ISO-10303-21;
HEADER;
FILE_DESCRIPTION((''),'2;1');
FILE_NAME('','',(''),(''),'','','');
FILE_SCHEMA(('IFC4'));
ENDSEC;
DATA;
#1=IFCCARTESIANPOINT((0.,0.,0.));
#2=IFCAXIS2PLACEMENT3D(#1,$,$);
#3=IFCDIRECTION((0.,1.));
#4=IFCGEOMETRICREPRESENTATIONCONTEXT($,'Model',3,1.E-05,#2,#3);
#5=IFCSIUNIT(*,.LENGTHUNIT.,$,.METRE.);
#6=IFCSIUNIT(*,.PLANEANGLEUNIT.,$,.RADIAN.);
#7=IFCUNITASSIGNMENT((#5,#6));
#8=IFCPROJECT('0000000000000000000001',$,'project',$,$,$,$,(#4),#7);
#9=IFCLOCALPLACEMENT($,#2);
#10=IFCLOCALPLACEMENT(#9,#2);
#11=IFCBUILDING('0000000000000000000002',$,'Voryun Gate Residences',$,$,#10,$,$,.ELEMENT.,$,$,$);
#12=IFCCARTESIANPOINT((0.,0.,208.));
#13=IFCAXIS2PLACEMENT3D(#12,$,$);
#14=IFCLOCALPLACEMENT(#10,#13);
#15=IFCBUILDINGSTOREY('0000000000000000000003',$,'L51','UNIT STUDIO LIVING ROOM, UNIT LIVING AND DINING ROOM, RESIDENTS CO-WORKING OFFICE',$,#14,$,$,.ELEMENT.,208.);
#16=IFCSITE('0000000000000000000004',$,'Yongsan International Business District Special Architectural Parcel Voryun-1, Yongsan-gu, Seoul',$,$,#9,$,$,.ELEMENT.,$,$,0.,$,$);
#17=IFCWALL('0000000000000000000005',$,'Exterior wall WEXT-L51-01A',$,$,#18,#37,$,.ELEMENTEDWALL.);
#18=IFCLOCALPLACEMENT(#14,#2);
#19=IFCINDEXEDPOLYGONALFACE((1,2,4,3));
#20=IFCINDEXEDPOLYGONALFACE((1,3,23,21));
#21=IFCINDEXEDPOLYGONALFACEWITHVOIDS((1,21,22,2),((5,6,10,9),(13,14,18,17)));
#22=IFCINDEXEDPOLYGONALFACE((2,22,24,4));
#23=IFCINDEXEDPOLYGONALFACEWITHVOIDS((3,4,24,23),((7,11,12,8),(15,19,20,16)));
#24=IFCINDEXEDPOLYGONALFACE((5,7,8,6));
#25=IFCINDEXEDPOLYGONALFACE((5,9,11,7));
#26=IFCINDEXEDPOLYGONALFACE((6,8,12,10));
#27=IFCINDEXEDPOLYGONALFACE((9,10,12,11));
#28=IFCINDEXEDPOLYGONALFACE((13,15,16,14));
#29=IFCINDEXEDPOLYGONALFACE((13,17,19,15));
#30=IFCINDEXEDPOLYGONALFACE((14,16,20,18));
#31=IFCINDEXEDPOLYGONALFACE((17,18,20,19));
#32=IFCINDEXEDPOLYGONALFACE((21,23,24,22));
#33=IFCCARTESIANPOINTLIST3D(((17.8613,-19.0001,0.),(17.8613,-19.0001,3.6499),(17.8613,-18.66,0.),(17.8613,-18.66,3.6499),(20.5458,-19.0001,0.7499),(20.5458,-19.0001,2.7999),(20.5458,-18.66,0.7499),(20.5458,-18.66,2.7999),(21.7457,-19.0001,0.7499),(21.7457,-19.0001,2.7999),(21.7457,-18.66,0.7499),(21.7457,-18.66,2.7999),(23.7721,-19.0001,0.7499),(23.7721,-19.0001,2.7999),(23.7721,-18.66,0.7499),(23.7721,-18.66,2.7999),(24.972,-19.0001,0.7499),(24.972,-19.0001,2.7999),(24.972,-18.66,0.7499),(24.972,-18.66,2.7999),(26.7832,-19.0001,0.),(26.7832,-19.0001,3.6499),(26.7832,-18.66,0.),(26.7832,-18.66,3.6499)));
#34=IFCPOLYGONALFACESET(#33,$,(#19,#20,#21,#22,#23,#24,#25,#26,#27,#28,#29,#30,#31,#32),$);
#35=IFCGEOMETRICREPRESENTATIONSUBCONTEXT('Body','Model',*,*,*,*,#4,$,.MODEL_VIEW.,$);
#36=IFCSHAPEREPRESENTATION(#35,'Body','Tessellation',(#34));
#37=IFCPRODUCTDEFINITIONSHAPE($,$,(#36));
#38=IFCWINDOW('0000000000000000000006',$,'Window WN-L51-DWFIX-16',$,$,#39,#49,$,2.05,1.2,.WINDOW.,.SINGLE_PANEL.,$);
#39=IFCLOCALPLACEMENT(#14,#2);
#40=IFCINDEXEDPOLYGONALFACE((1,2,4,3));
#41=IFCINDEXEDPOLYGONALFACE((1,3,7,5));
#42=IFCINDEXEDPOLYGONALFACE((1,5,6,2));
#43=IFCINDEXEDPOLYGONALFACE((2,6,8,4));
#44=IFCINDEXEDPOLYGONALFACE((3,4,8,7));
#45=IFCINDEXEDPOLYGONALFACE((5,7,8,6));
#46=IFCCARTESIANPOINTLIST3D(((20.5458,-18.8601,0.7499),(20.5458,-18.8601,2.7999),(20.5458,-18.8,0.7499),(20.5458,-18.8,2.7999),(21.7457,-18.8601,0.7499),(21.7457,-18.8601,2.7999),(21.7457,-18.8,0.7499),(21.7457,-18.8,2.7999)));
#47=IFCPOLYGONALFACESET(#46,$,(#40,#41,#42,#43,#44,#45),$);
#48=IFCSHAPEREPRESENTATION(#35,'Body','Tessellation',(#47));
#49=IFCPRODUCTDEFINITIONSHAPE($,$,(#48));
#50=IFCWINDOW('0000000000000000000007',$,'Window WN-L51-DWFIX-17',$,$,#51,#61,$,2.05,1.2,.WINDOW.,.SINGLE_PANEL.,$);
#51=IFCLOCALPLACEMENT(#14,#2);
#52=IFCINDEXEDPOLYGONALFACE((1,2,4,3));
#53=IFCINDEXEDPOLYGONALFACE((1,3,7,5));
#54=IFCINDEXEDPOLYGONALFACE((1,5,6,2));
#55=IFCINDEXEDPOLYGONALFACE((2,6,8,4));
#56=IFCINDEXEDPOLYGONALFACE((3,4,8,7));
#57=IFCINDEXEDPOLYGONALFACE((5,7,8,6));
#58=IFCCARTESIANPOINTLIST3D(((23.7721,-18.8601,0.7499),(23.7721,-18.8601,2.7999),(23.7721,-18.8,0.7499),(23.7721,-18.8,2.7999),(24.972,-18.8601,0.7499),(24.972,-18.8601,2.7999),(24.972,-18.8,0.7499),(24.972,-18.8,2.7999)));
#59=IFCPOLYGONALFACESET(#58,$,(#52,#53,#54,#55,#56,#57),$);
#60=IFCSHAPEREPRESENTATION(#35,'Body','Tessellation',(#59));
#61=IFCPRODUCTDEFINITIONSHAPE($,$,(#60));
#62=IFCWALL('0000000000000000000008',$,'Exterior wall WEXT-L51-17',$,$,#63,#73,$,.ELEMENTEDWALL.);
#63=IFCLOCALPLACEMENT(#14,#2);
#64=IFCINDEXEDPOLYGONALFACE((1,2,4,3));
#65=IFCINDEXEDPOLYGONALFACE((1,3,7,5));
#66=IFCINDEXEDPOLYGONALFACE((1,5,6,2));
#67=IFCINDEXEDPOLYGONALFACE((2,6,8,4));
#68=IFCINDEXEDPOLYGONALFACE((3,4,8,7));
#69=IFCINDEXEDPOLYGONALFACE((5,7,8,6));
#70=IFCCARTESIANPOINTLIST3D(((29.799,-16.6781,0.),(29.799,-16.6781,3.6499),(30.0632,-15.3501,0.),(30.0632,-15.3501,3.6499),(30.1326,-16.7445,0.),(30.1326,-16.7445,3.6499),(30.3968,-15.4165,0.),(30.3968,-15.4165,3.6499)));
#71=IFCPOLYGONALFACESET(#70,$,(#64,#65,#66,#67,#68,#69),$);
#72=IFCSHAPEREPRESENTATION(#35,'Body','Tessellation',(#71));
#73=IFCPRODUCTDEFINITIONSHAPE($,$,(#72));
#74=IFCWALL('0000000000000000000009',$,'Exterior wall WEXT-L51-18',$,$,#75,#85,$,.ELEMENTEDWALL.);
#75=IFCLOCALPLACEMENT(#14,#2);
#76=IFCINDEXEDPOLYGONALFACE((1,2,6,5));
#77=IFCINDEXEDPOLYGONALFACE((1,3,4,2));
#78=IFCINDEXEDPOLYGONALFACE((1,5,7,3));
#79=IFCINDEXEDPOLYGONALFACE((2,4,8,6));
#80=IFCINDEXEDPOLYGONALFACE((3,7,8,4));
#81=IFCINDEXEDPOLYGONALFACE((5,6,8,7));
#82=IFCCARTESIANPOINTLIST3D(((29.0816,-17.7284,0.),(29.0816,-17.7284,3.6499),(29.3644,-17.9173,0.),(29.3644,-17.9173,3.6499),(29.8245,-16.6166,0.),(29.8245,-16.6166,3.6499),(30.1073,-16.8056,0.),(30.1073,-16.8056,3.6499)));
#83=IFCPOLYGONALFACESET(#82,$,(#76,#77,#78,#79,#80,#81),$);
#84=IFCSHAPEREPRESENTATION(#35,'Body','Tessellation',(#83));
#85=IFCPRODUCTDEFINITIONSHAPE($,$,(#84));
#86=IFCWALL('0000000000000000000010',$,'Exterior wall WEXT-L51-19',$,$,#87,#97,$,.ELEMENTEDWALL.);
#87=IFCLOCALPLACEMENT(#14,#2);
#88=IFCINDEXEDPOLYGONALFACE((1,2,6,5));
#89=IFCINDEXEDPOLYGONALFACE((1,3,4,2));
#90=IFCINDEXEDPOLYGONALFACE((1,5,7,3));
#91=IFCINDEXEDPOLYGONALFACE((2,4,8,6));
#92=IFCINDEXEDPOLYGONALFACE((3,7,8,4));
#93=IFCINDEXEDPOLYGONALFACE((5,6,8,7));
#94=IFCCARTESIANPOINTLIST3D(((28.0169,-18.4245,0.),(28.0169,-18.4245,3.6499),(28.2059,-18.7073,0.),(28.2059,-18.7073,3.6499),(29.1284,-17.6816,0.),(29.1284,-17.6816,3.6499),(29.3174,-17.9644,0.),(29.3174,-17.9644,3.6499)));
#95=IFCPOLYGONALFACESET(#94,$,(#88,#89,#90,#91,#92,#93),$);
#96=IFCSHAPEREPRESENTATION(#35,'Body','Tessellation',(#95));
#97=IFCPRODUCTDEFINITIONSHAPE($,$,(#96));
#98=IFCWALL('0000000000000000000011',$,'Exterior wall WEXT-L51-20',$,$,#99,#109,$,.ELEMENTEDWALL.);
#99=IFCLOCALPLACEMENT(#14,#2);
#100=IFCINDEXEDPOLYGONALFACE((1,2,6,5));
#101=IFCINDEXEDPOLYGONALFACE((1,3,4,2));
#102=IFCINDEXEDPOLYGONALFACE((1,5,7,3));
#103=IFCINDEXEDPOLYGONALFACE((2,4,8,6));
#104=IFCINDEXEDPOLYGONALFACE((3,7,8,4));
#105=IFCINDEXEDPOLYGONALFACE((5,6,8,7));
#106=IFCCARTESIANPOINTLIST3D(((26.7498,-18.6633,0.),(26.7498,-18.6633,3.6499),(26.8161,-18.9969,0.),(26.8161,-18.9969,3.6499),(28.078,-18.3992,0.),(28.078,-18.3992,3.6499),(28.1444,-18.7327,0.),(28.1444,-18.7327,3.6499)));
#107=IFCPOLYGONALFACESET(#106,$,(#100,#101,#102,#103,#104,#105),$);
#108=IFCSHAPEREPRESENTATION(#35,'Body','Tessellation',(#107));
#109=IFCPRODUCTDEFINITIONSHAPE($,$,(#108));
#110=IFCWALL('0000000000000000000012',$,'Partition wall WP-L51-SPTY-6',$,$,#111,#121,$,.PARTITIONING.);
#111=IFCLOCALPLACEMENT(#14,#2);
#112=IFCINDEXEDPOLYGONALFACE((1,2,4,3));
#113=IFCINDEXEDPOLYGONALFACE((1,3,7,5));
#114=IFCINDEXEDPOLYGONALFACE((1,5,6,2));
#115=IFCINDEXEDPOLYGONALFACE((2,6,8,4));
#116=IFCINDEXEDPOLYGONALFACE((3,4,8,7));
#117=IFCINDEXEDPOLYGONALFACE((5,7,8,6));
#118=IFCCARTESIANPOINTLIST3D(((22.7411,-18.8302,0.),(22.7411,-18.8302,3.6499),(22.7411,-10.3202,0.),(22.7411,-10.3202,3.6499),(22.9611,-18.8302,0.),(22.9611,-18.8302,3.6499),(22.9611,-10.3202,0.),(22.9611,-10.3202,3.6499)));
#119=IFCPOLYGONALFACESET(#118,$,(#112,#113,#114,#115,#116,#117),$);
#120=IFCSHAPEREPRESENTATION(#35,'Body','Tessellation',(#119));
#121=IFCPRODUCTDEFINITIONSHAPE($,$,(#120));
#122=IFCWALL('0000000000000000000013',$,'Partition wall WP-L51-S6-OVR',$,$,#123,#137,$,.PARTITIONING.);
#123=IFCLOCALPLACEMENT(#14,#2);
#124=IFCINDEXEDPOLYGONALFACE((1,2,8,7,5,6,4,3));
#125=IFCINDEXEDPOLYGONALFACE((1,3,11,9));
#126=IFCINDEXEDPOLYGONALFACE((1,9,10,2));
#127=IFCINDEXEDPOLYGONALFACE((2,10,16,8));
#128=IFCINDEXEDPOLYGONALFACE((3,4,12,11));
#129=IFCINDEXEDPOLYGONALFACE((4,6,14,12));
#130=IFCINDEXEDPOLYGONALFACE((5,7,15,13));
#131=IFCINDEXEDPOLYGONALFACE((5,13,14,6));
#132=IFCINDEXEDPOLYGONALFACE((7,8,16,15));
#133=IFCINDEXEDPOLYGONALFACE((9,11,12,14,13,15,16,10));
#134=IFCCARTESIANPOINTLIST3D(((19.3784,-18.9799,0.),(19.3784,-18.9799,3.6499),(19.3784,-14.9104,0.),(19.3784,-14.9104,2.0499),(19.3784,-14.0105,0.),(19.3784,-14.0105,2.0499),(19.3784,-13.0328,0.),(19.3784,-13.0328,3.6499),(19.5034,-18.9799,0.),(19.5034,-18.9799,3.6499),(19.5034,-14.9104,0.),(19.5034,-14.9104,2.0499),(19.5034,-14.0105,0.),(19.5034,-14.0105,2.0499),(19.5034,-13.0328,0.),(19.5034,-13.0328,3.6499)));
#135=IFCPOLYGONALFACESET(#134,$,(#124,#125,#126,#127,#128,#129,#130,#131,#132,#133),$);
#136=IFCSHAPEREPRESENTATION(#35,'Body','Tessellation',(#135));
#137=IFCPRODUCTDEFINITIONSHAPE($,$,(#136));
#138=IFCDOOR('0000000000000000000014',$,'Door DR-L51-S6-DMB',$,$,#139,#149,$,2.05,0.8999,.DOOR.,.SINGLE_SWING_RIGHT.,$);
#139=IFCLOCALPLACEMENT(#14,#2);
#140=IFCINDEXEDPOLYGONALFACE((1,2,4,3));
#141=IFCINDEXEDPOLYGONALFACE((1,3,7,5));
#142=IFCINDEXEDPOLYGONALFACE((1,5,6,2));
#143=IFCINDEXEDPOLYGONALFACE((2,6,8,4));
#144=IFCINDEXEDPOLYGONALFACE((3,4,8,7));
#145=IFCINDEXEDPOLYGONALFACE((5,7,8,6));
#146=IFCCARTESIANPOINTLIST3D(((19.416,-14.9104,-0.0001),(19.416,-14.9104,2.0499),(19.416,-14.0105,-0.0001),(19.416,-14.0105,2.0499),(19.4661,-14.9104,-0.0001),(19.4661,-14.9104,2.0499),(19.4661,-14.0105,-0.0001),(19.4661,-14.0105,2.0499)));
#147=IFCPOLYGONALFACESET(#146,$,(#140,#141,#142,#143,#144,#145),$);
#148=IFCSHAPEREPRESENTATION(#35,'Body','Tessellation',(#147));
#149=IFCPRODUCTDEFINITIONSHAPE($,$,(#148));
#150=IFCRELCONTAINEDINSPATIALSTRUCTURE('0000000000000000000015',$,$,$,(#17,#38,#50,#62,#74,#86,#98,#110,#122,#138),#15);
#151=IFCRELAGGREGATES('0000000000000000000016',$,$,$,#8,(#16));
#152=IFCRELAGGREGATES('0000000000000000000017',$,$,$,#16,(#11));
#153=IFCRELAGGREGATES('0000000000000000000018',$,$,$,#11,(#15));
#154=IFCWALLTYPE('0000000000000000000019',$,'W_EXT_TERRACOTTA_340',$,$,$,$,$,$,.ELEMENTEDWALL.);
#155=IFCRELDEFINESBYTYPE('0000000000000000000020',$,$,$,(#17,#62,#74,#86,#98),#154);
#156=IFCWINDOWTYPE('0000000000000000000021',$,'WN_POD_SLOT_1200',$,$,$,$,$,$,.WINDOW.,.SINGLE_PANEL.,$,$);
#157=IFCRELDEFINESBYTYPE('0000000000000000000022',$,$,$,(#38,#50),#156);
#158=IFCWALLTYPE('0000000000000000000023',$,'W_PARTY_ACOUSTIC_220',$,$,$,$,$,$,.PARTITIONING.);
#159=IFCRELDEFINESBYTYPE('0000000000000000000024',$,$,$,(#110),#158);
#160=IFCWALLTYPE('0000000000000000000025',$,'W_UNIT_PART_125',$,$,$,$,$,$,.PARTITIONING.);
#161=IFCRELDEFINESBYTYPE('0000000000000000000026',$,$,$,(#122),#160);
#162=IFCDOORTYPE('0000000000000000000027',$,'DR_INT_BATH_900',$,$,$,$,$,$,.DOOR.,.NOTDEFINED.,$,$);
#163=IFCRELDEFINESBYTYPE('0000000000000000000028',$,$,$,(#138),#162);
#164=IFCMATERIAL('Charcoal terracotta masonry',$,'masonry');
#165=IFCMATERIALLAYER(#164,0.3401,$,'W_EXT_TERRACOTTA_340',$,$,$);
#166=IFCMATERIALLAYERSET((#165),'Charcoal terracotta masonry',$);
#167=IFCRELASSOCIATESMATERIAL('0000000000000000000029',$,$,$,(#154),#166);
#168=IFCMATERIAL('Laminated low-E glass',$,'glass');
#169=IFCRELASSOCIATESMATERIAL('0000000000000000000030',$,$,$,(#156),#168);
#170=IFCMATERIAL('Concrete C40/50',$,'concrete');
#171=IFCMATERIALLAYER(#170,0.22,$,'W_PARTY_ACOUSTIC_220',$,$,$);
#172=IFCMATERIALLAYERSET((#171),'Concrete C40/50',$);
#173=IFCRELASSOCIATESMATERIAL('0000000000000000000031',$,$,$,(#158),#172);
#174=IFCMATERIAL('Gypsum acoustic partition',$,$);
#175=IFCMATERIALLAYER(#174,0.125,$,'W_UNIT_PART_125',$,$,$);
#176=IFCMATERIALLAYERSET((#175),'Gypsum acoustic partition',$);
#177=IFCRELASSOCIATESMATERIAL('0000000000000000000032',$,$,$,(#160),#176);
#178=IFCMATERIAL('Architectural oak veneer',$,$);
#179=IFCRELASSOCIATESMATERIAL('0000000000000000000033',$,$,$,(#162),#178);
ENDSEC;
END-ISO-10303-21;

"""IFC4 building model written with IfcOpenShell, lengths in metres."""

from ifc_helpers import new_model, si_unit, direction, frame, frame_2d, origin, place, context, subcontext, project, spatial, rectangle, extrude, material, layer, layer_set, type_object, element, fill, save


model = new_model("IFC4")

# Units and contexts
model_context = context("Model", 3, precision=1e-05, world=origin(), true_north=direction((0.0, 1.0)))
body_context = subcontext(model_context, "Body", "Model", "MODEL_VIEW")
ifc_project = project(units=[si_unit("LENGTHUNIT", "METRE"), si_unit("PLANEANGLEUNIT", "RADIAN")], contexts=[model_context])

# Site, building, storey
site_placement = place(None, origin())
site = spatial("IfcSite", under=ifc_project, at=site_placement, Name="Yongsan International Business District Special Architectural Parcel Voryun-1, Yongsan-gu, Seoul", CompositionType="ELEMENT", RefElevation=0.0)
building_placement = place(site_placement, origin())
building = spatial("IfcBuilding", under=site, at=building_placement, Name="Voryun Gate Residences", CompositionType="ELEMENT")
storey_placement = place(building_placement, frame((0.0, 0.0, 208.0)))
storey = spatial("IfcBuildingStorey", under=building, at=storey_placement, Name="L51", Description="UNIT STUDIO LIVING ROOM, UNIT LIVING AND DINING ROOM, RESIDENTS CO-WORKING OFFICE", CompositionType="ELEMENT", Elevation=208.0)

# Wall, openings, windows
ifc_material_1 = material(Name="Charcoal terracotta masonry", Category="masonry")
ifc_layer_1 = layer(ifc_material_1, 0.3401, Name="W_EXT_TERRACOTTA_340")
ifc_layer_set_1 = layer_set([ifc_layer_1], Name="Charcoal terracotta masonry")
wall_type_1 = type_object("IfcWallType", Name="W_EXT_TERRACOTTA_340", PredefinedType="ELEMENTEDWALL", material=ifc_layer_set_1)
wall_1_placement = place(storey_placement, frame((26.7832, -18.8301, 0.0), z_axis=(0.0, 0.0, 1.0), x_axis=(-1.0, 0.0, 0.0)))
wall_1 = element("IfcWall", 1, at=wall_1_placement, inside=storey, type_object=wall_type_1, Name="Exterior wall WEXT-L51-01A", PredefinedType="ELEMENTEDWALL", context=body_context, shape_type="SweptSolid", body=[
    extrude(rectangle(XDim=8.9219, YDim=0.3401, at=frame_2d((4.4609, 0.0))), origin(), (0.0, 0.0, 1.0), 3.6499),
])
opening_1_placement = place(wall_1_placement, frame((5.0374, 0.0, 0.75)))
opening_1 = element("IfcOpeningElement", 2, at=opening_1_placement, cuts=wall_1, PredefinedType="OPENING", context=body_context, shape_type="SweptSolid", body=[
    extrude(rectangle(XDim=1.2, YDim=2.05, at=frame_2d((0.6001, 1.0249))), frame((0.0, 0.1799, 0.0), z_axis=(0.0, -1.0, 0.0), x_axis=(1.0, 0.0, 0.0)), (0.0, 0.0, 1.0), 0.3601),
])
opening_2_placement = place(wall_1_placement, frame((1.811, 0.0, 0.75)))
opening_2 = element("IfcOpeningElement", 3, at=opening_2_placement, cuts=wall_1, PredefinedType="OPENING", context=body_context, shape_type="SweptSolid", body=[
    extrude(rectangle(XDim=1.2, YDim=2.05, at=frame_2d((0.6001, 1.0249))), frame((0.0, 0.1799, 0.0), z_axis=(0.0, -1.0, 0.0), x_axis=(1.0, 0.0, 0.0)), (0.0, 0.0, 1.0), 0.3601),
])
ifc_material_2 = material(Name="Laminated low-E glass", Category="glass")
window_type = type_object("IfcWindowType", Name="WN_POD_SLOT_1200", PartitioningType="SINGLE_PANEL", PredefinedType="WINDOW", material=ifc_material_2)
window_1_placement = place(opening_1_placement, origin())
window_1 = element("IfcWindow", 4, at=window_1_placement, inside=storey, type_object=window_type, Name="Window WN-L51-DWFIX-16", OverallHeight=2.05, OverallWidth=1.2, PartitioningType="SINGLE_PANEL", PredefinedType="WINDOW", context=body_context, shape_type="SweptSolid", body=[
    extrude(rectangle(XDim=1.2, YDim=2.05, at=frame_2d((0.6001, 1.0249))), frame((0.0, 0.03, 0.0), z_axis=(0.0, -1.0, 0.0), x_axis=(1.0, 0.0, 0.0)), (0.0, 0.0, 1.0), 0.0601),
])
fill(opening_1, window_1)
window_2_placement = place(opening_2_placement, origin())
window_2 = element("IfcWindow", 5, at=window_2_placement, inside=storey, type_object=window_type, Name="Window WN-L51-DWFIX-17", OverallHeight=2.05, OverallWidth=1.2, PartitioningType="SINGLE_PANEL", PredefinedType="WINDOW", context=body_context, shape_type="SweptSolid", body=[
    extrude(rectangle(XDim=1.2, YDim=2.05, at=frame_2d((0.6001, 1.0249))), frame((0.0, 0.03, 0.0), z_axis=(0.0, -1.0, 0.0), x_axis=(1.0, 0.0, 0.0)), (0.0, 0.0, 1.0), 0.0601),
])
fill(opening_2, window_2)

# Walls
wall_2_placement = place(storey_placement, frame((30.23, -15.3833, 0.0), z_axis=(0.0, 0.0, 1.0), x_axis=(-0.19511, -0.980781, 0.0)))
element("IfcWall", 6, at=wall_2_placement, inside=storey, type_object=wall_type_1, Name="Exterior wall WEXT-L51-17", PredefinedType="ELEMENTEDWALL", context=body_context, shape_type="SweptSolid", body=[
    extrude(rectangle(XDim=1.354, YDim=0.3401, at=frame_2d((0.677, 0.0))), origin(), (0.0, 0.0, 1.0), 3.6499),
])
wall_3_placement = place(storey_placement, frame((29.9658, -16.7112, 0.0), z_axis=(0.0, 0.0, 1.0), x_axis=(-0.555585, -0.83146, 0.0)))
element("IfcWall", 7, at=wall_3_placement, inside=storey, type_object=wall_type_1, Name="Exterior wall WEXT-L51-18", PredefinedType="ELEMENTEDWALL", context=body_context, shape_type="SweptSolid", body=[
    extrude(rectangle(XDim=1.3372, YDim=0.3401, at=frame_2d((0.6685, 0.0))), origin(), (0.0, 0.0, 1.0), 3.6499),
])
wall_4_placement = place(storey_placement, frame((29.2229, -17.823, 0.0), z_axis=(0.0, 0.0, 1.0), x_axis=(-0.831404, -0.555669, 0.0)))
element("IfcWall", 8, at=wall_4_placement, inside=storey, type_object=wall_type_1, Name="Exterior wall WEXT-L51-19", PredefinedType="ELEMENTEDWALL", context=body_context, shape_type="SweptSolid", body=[
    extrude(rectangle(XDim=1.3369, YDim=0.3401, at=frame_2d((0.6685, 0.0))), origin(), (0.0, 0.0, 1.0), 3.6499),
])
wall_5_placement = place(storey_placement, frame((28.1113, -18.5659, 0.0), z_axis=(0.0, 0.0, 1.0), x_axis=(-0.980788, -0.195076, 0.0)))
element("IfcWall", 9, at=wall_5_placement, inside=storey, type_object=wall_type_1, Name="Exterior wall WEXT-L51-20", PredefinedType="ELEMENTEDWALL", context=body_context, shape_type="SweptSolid", body=[
    extrude(rectangle(XDim=1.3542, YDim=0.3401, at=frame_2d((0.6772, 0.0))), origin(), (0.0, 0.0, 1.0), 3.6499),
])
ifc_material_3 = material(Name="Concrete C40/50", Category="concrete")
ifc_layer_2 = layer(ifc_material_3, 0.22, Name="W_PARTY_ACOUSTIC_220")
ifc_layer_set_2 = layer_set([ifc_layer_2], Name="Concrete C40/50")
wall_type_2 = type_object("IfcWallType", Name="W_PARTY_ACOUSTIC_220", PredefinedType="PARTITIONING", material=ifc_layer_set_2)
wall_6_placement = place(storey_placement, frame((22.8511, -18.8301, 0.0), z_axis=(0.0, 0.0, 1.0), x_axis=(0.0, 1.0, 0.0)))
element("IfcWall", 10, at=wall_6_placement, inside=storey, type_object=wall_type_2, Name="Partition wall WP-L51-SPTY-6", PredefinedType="PARTITIONING", context=body_context, shape_type="SweptSolid", body=[
    extrude(rectangle(XDim=8.51, YDim=0.22, at=frame_2d((4.2549, 0.0))), origin(), (0.0, 0.0, 1.0), 3.6499),
])

# Wall, opening, door
ifc_material_4 = material(Name="Gypsum acoustic partition")
ifc_layer_3 = layer(ifc_material_4, 0.125, Name="W_UNIT_PART_125")
ifc_layer_set_3 = layer_set([ifc_layer_3], Name="Gypsum acoustic partition")
wall_type_3 = type_object("IfcWallType", Name="W_UNIT_PART_125", PredefinedType="PARTITIONING", material=ifc_layer_set_3)
wall_7_placement = place(storey_placement, frame((19.4409, -18.98, 0.0), z_axis=(0.0, 0.0, 1.0), x_axis=(0.0, 1.0, 0.0)))
wall_7 = element("IfcWall", 11, at=wall_7_placement, inside=storey, type_object=wall_type_3, Name="Partition wall WP-L51-S6-OVR", PredefinedType="PARTITIONING", context=body_context, shape_type="SweptSolid", body=[
    extrude(rectangle(XDim=5.947, YDim=0.125, at=frame_2d((2.9736, 0.0))), origin(), (0.0, 0.0, 1.0), 3.6499),
])
opening_3_placement = place(wall_7_placement, frame((4.0696, 0.0, 0.0)))
opening_3 = element("IfcOpeningElement", 12, at=opening_3_placement, cuts=wall_7, PredefinedType="OPENING", context=body_context, shape_type="SweptSolid", body=[
    extrude(rectangle(XDim=0.8999, YDim=2.05, at=frame_2d((0.45, 1.0249))), frame((0.0, 0.0725, 0.0), z_axis=(0.0, -1.0, 0.0), x_axis=(1.0, 0.0, 0.0)), (0.0, 0.0, 1.0), 0.145),
])
ifc_material_5 = material(Name="Architectural oak veneer")
door_type_1 = type_object("IfcDoorType", Name="DR_INT_BATH_900", OperationType="NOTDEFINED", PredefinedType="DOOR", material=ifc_material_5)
door_1_placement = place(opening_3_placement, origin())
door_1 = element("IfcDoor", 13, at=door_1_placement, inside=storey, type_object=door_type_1, Name="Door DR-L51-S6-DMB", OperationType="SINGLE_SWING_RIGHT", OverallHeight=2.05, OverallWidth=0.8999, PredefinedType="DOOR", context=body_context, shape_type="SweptSolid", body=[
    extrude(rectangle(XDim=0.8999, YDim=2.05, at=frame_2d((0.45, 1.0249))), frame((0.0, 0.0249, 0.0), z_axis=(0.0, -1.0, 0.0), x_axis=(1.0, 0.0, 0.0)), (0.0, 0.0, 1.0), 0.05),
])
fill(opening_3, door_1)

save(model, "model.ifc")
